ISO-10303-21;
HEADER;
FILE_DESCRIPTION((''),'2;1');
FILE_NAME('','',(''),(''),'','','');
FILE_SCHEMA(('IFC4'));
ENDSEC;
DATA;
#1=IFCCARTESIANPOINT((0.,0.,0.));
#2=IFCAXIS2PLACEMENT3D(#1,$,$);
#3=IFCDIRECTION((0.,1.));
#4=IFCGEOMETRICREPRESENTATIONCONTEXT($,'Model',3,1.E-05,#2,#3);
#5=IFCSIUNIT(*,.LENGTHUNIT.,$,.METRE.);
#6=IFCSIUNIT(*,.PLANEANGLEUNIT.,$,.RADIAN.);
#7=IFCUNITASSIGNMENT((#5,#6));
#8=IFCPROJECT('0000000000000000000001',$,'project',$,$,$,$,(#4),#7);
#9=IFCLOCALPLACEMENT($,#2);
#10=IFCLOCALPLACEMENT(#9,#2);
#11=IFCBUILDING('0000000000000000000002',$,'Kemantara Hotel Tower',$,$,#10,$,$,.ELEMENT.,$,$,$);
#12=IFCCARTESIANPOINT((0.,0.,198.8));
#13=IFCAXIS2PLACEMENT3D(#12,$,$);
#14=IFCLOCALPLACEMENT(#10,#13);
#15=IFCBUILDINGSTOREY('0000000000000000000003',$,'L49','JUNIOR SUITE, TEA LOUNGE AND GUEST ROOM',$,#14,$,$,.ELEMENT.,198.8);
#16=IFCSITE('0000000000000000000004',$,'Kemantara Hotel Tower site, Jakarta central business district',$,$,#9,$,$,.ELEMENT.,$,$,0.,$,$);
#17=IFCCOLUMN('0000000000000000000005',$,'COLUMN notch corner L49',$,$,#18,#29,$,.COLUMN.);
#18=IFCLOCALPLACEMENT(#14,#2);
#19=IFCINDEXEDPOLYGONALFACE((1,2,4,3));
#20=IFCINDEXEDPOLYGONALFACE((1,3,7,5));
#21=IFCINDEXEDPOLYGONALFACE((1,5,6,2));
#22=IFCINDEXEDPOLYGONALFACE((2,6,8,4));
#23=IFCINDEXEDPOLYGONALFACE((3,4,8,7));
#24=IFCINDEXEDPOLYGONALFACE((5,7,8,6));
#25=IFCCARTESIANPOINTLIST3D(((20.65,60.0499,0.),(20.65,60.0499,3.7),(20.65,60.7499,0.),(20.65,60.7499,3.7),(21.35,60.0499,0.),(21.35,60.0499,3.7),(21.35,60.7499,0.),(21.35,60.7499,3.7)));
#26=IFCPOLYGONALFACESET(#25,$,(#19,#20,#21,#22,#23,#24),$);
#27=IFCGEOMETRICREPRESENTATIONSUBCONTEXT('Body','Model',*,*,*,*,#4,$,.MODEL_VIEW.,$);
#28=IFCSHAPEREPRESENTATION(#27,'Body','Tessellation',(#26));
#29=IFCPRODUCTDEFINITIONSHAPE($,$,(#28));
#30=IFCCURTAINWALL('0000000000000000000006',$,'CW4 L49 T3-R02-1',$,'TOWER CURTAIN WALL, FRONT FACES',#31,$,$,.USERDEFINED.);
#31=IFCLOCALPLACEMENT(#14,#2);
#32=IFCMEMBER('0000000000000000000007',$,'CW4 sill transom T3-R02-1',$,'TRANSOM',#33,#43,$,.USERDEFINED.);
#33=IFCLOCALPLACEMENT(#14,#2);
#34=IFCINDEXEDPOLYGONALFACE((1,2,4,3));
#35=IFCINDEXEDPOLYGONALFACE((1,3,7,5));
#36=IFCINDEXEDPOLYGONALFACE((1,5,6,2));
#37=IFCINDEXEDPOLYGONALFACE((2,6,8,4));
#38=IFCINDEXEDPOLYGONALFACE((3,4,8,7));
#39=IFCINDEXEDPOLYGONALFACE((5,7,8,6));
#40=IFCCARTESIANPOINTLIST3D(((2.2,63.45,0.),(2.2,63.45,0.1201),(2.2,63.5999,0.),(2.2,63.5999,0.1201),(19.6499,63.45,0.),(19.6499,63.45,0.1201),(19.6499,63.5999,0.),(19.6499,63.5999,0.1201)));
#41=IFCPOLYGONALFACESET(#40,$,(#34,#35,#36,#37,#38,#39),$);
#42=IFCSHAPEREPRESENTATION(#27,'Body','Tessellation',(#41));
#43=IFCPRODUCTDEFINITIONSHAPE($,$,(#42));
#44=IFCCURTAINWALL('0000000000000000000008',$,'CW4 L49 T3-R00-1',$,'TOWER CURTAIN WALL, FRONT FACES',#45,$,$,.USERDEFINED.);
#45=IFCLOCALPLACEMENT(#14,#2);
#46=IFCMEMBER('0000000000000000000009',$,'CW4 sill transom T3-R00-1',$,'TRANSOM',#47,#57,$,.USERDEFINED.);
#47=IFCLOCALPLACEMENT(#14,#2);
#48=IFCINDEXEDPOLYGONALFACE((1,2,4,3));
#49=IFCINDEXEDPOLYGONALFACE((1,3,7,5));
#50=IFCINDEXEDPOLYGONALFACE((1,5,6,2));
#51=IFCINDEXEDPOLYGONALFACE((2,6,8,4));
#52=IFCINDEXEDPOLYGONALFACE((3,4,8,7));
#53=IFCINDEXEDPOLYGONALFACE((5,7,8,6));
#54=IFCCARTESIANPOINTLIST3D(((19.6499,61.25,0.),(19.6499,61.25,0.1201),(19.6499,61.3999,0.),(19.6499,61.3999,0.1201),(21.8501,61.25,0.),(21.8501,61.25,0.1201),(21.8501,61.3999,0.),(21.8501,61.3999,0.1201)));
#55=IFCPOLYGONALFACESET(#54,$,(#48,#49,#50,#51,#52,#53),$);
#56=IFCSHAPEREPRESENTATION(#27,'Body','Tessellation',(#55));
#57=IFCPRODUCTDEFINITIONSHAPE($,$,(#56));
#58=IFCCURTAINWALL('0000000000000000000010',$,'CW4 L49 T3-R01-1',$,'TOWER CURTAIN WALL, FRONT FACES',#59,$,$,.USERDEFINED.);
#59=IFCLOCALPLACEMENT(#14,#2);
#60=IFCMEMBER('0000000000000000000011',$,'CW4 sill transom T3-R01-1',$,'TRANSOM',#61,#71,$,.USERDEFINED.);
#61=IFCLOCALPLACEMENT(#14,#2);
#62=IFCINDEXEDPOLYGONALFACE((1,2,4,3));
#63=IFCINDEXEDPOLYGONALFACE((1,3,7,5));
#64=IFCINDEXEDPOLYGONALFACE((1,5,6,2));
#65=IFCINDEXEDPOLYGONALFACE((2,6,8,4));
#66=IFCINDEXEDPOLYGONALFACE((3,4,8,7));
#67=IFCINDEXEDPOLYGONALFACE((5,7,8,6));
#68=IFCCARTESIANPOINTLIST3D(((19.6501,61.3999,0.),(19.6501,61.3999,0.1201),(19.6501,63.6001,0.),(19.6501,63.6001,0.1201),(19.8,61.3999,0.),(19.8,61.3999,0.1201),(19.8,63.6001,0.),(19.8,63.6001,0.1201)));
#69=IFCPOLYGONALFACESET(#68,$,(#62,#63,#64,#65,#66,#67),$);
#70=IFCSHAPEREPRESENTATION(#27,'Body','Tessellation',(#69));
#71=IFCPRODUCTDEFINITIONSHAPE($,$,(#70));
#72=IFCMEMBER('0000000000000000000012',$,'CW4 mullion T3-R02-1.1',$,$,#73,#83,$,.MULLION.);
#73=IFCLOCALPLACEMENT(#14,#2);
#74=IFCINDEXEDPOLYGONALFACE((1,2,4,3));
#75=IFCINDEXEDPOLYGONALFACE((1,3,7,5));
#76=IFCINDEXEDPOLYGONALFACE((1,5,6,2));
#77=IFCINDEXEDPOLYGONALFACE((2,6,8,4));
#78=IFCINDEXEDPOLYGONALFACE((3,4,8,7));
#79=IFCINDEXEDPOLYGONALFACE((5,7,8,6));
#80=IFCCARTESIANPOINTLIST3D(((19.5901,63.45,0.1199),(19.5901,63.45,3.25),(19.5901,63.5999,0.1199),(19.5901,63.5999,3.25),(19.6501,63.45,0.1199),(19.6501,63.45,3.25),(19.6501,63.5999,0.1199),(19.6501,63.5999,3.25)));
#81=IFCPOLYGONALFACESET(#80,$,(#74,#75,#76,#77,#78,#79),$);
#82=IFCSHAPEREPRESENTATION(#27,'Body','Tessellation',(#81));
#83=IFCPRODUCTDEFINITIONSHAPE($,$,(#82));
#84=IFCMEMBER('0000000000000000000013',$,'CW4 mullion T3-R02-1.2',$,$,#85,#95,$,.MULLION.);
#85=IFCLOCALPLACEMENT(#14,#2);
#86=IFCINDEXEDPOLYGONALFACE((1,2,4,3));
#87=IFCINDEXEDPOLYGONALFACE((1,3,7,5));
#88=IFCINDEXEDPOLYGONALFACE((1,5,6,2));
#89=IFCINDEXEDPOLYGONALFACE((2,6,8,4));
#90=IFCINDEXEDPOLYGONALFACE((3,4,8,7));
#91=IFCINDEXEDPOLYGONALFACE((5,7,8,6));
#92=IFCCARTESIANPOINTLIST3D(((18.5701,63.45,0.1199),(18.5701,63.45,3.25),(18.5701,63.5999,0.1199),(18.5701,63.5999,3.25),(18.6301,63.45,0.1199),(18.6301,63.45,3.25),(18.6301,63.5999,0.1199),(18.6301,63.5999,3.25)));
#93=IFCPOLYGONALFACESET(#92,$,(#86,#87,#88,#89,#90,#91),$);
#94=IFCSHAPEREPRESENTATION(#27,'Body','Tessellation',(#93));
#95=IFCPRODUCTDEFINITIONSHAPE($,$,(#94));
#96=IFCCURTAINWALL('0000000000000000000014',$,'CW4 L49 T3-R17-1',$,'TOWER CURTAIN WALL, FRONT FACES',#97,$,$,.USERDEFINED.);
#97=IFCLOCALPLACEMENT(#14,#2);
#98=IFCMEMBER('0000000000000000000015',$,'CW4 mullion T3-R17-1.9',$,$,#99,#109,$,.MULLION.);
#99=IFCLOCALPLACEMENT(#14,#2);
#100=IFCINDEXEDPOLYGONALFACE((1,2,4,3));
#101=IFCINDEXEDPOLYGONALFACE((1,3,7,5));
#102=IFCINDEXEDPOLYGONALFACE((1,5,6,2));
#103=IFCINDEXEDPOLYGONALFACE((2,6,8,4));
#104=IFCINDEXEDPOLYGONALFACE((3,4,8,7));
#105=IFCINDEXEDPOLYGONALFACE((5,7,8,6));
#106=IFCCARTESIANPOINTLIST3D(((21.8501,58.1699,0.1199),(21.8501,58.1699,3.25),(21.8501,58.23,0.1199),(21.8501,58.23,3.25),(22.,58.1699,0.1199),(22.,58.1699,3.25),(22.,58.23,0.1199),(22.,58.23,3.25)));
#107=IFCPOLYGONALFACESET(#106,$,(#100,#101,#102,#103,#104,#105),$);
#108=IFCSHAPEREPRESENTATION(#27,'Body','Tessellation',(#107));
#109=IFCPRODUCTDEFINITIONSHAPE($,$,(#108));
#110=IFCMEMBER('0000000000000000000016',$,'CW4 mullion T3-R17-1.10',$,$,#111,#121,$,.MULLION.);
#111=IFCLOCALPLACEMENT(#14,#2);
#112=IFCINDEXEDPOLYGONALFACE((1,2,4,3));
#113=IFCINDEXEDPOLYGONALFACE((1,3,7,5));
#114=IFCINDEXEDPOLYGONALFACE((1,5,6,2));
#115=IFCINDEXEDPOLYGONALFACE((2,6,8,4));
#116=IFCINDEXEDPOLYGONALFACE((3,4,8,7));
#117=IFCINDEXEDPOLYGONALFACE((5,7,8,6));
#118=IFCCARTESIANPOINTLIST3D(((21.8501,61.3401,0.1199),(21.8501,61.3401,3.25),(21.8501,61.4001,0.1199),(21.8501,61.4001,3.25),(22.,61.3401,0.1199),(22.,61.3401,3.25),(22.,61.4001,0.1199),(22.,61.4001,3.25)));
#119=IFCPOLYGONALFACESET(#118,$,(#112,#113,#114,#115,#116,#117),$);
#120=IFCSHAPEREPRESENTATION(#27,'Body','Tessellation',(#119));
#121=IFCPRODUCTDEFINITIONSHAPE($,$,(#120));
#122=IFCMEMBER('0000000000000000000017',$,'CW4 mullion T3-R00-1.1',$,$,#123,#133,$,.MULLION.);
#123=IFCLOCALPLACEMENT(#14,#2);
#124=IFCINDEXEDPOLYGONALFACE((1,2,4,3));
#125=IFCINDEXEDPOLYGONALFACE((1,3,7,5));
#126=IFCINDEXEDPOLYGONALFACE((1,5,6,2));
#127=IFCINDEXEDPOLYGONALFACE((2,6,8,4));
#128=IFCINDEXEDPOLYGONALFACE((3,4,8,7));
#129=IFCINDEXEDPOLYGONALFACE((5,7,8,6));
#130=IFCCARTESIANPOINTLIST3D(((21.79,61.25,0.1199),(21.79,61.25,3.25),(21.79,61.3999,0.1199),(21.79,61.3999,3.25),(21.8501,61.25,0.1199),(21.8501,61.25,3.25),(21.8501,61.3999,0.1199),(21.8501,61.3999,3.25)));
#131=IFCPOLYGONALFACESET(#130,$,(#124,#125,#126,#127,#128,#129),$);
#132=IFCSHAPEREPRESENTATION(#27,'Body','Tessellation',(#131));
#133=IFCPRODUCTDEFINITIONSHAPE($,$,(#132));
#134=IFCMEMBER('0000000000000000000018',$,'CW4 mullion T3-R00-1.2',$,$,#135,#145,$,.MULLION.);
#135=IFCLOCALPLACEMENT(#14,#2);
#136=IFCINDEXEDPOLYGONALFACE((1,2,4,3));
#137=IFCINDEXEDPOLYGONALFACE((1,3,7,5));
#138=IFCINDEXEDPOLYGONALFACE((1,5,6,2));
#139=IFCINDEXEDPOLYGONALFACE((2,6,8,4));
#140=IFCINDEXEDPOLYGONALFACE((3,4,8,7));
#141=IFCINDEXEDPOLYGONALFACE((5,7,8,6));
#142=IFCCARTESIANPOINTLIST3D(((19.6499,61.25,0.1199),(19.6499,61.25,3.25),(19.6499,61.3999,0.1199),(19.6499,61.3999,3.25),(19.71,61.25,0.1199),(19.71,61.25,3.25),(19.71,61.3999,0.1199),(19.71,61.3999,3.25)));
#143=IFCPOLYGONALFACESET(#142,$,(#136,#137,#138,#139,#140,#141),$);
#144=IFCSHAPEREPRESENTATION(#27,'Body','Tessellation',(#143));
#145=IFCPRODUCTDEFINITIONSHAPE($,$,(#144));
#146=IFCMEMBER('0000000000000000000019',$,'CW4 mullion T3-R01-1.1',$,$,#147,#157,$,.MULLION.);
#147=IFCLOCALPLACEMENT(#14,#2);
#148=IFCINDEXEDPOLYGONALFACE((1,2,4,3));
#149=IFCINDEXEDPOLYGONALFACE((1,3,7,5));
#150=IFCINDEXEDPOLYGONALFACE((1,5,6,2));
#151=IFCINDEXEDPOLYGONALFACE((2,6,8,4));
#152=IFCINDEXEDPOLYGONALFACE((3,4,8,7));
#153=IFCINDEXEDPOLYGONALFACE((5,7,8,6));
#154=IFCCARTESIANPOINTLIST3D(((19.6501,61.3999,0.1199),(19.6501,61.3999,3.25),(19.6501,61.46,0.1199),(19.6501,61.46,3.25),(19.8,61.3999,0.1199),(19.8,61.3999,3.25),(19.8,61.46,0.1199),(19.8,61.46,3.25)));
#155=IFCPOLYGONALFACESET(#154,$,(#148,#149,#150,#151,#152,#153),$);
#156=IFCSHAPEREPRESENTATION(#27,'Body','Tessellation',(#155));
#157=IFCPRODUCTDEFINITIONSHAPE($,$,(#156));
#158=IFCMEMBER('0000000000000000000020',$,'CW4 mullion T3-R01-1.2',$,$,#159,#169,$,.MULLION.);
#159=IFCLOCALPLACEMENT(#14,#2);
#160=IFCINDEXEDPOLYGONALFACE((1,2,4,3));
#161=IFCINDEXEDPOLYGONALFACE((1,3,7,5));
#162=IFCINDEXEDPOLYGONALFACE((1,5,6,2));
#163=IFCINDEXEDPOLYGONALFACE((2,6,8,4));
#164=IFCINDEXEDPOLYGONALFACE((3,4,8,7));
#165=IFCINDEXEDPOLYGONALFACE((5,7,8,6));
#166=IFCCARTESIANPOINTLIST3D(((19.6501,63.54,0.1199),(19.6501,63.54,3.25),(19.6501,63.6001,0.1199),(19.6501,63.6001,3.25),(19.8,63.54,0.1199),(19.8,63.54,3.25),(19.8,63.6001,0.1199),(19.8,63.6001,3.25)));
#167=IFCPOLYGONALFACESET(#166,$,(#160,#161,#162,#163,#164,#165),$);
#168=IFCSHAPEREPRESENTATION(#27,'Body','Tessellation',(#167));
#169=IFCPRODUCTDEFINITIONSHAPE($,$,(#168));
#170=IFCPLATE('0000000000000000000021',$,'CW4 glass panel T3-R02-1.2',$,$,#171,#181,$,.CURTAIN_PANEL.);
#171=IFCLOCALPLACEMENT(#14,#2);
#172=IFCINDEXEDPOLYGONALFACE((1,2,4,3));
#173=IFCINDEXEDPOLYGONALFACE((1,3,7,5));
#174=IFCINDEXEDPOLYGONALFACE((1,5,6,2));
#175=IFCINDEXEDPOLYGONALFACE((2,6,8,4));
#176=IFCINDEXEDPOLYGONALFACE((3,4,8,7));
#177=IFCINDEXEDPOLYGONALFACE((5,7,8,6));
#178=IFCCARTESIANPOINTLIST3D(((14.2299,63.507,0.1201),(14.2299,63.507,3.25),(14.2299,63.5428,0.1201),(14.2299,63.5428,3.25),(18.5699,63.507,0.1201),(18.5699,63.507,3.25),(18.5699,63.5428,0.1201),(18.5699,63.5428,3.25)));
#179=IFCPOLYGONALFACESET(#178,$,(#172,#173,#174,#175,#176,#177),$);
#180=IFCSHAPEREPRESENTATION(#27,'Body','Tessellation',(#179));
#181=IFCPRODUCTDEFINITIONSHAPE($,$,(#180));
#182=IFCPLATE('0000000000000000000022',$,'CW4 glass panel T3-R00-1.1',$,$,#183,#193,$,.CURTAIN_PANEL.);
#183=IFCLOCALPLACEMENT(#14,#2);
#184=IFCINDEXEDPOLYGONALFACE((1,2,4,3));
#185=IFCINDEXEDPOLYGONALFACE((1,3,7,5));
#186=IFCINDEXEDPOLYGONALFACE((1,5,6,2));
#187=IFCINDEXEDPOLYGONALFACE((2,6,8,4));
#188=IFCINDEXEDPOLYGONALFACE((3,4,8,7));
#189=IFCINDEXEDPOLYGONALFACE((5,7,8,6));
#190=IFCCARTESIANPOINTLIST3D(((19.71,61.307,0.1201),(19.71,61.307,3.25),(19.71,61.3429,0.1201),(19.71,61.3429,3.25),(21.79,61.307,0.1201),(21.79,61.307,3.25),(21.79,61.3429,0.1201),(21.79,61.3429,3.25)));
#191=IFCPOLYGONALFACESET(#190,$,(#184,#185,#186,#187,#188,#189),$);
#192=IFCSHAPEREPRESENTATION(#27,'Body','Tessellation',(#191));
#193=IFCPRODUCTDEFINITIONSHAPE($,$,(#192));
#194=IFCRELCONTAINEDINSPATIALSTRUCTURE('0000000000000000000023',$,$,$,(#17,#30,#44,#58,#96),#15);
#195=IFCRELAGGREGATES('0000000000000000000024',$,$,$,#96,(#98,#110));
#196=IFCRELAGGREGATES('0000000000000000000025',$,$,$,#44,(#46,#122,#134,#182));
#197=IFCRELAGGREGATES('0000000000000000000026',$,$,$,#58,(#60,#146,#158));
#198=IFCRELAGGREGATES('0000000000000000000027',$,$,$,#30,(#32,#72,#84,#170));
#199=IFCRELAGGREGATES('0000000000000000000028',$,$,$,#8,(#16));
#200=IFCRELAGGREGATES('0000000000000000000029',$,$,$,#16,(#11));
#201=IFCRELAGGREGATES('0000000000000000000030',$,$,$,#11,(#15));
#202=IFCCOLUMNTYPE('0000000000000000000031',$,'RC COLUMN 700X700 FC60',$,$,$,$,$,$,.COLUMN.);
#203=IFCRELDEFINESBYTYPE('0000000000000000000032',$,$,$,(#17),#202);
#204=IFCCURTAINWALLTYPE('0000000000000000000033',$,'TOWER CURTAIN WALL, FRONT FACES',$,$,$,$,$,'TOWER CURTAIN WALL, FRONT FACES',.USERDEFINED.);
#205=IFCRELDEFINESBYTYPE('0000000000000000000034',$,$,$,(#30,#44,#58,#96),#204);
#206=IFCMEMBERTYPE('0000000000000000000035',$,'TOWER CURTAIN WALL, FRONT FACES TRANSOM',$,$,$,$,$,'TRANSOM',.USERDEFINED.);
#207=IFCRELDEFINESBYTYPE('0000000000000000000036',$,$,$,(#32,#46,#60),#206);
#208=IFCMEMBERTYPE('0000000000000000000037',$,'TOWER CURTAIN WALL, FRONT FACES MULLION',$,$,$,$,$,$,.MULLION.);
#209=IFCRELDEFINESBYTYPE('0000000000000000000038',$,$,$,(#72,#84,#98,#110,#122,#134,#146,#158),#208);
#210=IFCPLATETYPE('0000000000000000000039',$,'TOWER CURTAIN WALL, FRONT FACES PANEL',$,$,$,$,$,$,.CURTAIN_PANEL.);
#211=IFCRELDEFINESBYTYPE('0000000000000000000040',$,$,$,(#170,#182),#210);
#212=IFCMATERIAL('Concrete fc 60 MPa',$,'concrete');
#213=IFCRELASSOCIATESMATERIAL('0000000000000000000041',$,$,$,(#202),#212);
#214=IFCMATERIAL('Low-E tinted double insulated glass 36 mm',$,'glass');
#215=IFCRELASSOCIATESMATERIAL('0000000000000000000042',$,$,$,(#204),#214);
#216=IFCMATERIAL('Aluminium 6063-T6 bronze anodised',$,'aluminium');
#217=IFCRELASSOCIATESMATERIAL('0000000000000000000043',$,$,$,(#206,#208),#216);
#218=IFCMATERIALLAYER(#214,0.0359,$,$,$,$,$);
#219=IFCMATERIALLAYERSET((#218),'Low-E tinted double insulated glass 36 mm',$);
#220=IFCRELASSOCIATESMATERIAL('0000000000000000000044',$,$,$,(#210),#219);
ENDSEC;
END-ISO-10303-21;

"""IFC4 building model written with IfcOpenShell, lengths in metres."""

from ifc_helpers import new_model, si_unit, direction, frame, origin, origin_2d, place, context, subcontext, project, spatial, rectangle, extrude, source, transform, mapped, material, layer, layer_set, material_profile, profile_set, type_object, element, aggregate, save


model = new_model("IFC4")

# Units and contexts
model_context = context("Model", 3, precision=1e-05, world=origin(), true_north=direction((0.0, 1.0)))
body_context = subcontext(model_context, "Body", "Model", "MODEL_VIEW")
ifc_project = project(units=[si_unit("LENGTHUNIT", "METRE"), si_unit("PLANEANGLEUNIT", "RADIAN")], contexts=[model_context])

# Site, building, storey
site_placement = place(None, origin())
site = spatial("IfcSite", under=ifc_project, at=site_placement, Name="Kemantara Hotel Tower site, Jakarta central business district", CompositionType="ELEMENT", RefElevation=0.0)
building_placement = place(site_placement, origin())
building = spatial("IfcBuilding", under=site, at=building_placement, Name="Kemantara Hotel Tower", CompositionType="ELEMENT")
storey_placement = place(building_placement, frame((0.0, 0.0, 198.8)))
storey = spatial("IfcBuildingStorey", under=building, at=storey_placement, Name="L49", Description="JUNIOR SUITE, TEA LOUNGE AND GUEST ROOM", CompositionType="ELEMENT", Elevation=198.8)

# Column
ifc_material_1 = material(Name="Concrete fc 60 MPa", Category="concrete")
ifc_material_profile_1 = material_profile(ifc_material_1, rectangle(XDim=0.7, YDim=0.7, at=origin_2d()), Name="RC 700X700")
ifc_profile_set_1 = profile_set([ifc_material_profile_1], Name="Concrete fc 60 MPa")
column_type = type_object("IfcColumnType", Name="RC COLUMN 700X700 FC60", PredefinedType="COLUMN", material=ifc_profile_set_1)
column_placement = place(storey_placement, frame((21.0, 60.3999, 0.0), z_axis=(0.0, 0.0, 1.0), x_axis=(1.0, 0.0, 0.0)))
element("IfcColumn", 1, at=column_placement, inside=storey, type_object=column_type, Name="COLUMN notch corner L49", PredefinedType="COLUMN", context=body_context, shape_type="SweptSolid", body=[
    extrude(rectangle(XDim=0.7, YDim=0.7, at=origin_2d()), origin(), (0.0, 0.0, 1.0), 3.7),
])

# Curtain walls, members
ifc_material_2 = material(Name="Low-E tinted double insulated glass 36 mm", Category="glass")
curtain_wall_type = type_object("IfcCurtainWallType", Name="TOWER CURTAIN WALL, FRONT FACES", ElementType="TOWER CURTAIN WALL, FRONT FACES", PredefinedType="USERDEFINED", material=ifc_material_2)
curtain_wall_1_placement = place(storey_placement, origin())
curtain_wall_1 = element("IfcCurtainWall", 2, at=curtain_wall_1_placement, inside=storey, type_object=curtain_wall_type, Name="CW4 L49 T3-R02-1", ObjectType="TOWER CURTAIN WALL, FRONT FACES", PredefinedType="USERDEFINED")
ifc_material_3 = material(Name="Aluminium 6063-T6 bronze anodised", Category="aluminium")
ifc_material_profile_2 = material_profile(ifc_material_3, rectangle(XDim=0.1499, YDim=0.1201, at=origin_2d()), Name="TOWER CURTAIN WALL, FRONT FACES TRANSOM")
ifc_profile_set_2 = profile_set([ifc_material_profile_2], Name="Aluminium 6063-T6 bronze anodised")
member_type_1 = type_object("IfcMemberType", Name="TOWER CURTAIN WALL, FRONT FACES TRANSOM", ElementType="TRANSOM", PredefinedType="USERDEFINED", material=ifc_profile_set_2)
member_1_placement = place(storey_placement, frame((19.6499, 63.5249, 0.0601), z_axis=(-1.0, 0.0, 0.0), x_axis=(0.0, -1.0, 0.0)))
member_1 = element("IfcMember", 3, at=member_1_placement, type_object=member_type_1, Name="CW4 sill transom T3-R02-1", ObjectType="TRANSOM", PredefinedType="USERDEFINED", context=body_context, shape_type="SweptSolid", body=[
    extrude(rectangle(XDim=0.1499, YDim=0.1201, at=origin_2d()), origin(), (0.0, 0.0, 1.0), 17.45),
])
curtain_wall_2_placement = place(storey_placement, origin())
curtain_wall_2 = element("IfcCurtainWall", 4, at=curtain_wall_2_placement, inside=storey, type_object=curtain_wall_type, Name="CW4 L49 T3-R00-1", ObjectType="TOWER CURTAIN WALL, FRONT FACES", PredefinedType="USERDEFINED")
member_2_placement = place(storey_placement, frame((21.8501, 61.325, 0.0601), z_axis=(-1.0, 0.0, 0.0), x_axis=(0.0, -1.0, 0.0)))
member_2 = element("IfcMember", 5, at=member_2_placement, type_object=member_type_1, Name="CW4 sill transom T3-R00-1", ObjectType="TRANSOM", PredefinedType="USERDEFINED", context=body_context, shape_type="SweptSolid", body=[
    extrude(rectangle(XDim=0.1499, YDim=0.1201, at=origin_2d()), origin(), (0.0, 0.0, 1.0), 2.2002),
])
curtain_wall_3_placement = place(storey_placement, origin())
curtain_wall_3 = element("IfcCurtainWall", 6, at=curtain_wall_3_placement, inside=storey, type_object=curtain_wall_type, Name="CW4 L49 T3-R01-1", ObjectType="TOWER CURTAIN WALL, FRONT FACES", PredefinedType="USERDEFINED")
member_3_placement = place(storey_placement, frame((19.7251, 61.3999, 0.0601), z_axis=(0.0, 1.0, 0.0), x_axis=(-1.0, 0.0, 0.0)))
member_3 = element("IfcMember", 7, at=member_3_placement, type_object=member_type_1, Name="CW4 sill transom T3-R01-1", ObjectType="TRANSOM", PredefinedType="USERDEFINED", context=body_context, shape_type="SweptSolid", body=[
    extrude(rectangle(XDim=0.1499, YDim=0.1201, at=origin_2d()), origin(), (0.0, 0.0, 1.0), 2.2002),
])

# Members
ifc_material_profile_3 = material_profile(ifc_material_3, rectangle(XDim=0.1499, YDim=0.0601, at=origin_2d()), Name="TOWER CURTAIN WALL, FRONT FACES MULLION")
ifc_profile_set_3 = profile_set([ifc_material_profile_3], Name="Aluminium 6063-T6 bronze anodised")
member_type_2 = type_object("IfcMemberType", Name="TOWER CURTAIN WALL, FRONT FACES MULLION", PredefinedType="MULLION", material=ifc_profile_set_3)
shared_shape_1 = source(origin(), body_context, "Body", "SweptSolid", [
    extrude(rectangle(XDim=0.1499, YDim=0.0601, at=origin_2d()), origin(), (0.0, 0.0, 1.0), 3.1301),
])
member_4_placement = place(storey_placement, frame((19.6201, 63.5249, 0.1199), z_axis=(0.0, 0.0, 1.0), x_axis=(0.0, -1.0, 0.0)))
member_4 = element("IfcMember", 8, at=member_4_placement, type_object=member_type_2, Name="CW4 mullion T3-R02-1.1", PredefinedType="MULLION", context=body_context, shape_type="MappedRepresentation", body=[
    mapped(shared_shape_1, transform((0.0, 0.0, 0.0))),
])
member_5_placement = place(storey_placement, frame((18.6001, 63.5249, 0.1199), z_axis=(0.0, 0.0, 1.0), x_axis=(0.0, -1.0, 0.0)))
member_5 = element("IfcMember", 9, at=member_5_placement, type_object=member_type_2, Name="CW4 mullion T3-R02-1.2", PredefinedType="MULLION", context=body_context, shape_type="MappedRepresentation", body=[
    mapped(shared_shape_1, transform((0.0, 0.0, 0.0))),
])

# Curtain wall, members
curtain_wall_4_placement = place(storey_placement, origin())
curtain_wall_4 = element("IfcCurtainWall", 10, at=curtain_wall_4_placement, inside=storey, type_object=curtain_wall_type, Name="CW4 L49 T3-R17-1", ObjectType="TOWER CURTAIN WALL, FRONT FACES", PredefinedType="USERDEFINED")
member_6_placement = place(storey_placement, frame((21.925, 58.2, 0.1199), z_axis=(0.0, 0.0, 1.0), x_axis=(-1.0, 0.0, 0.0)))
member_6 = element("IfcMember", 11, at=member_6_placement, type_object=member_type_2, Name="CW4 mullion T3-R17-1.9", PredefinedType="MULLION", context=body_context, shape_type="MappedRepresentation", body=[
    mapped(shared_shape_1, transform((0.0, 0.0, 0.0))),
])
member_7_placement = place(storey_placement, frame((21.925, 61.3701, 0.1199), z_axis=(0.0, 0.0, 1.0), x_axis=(-1.0, 0.0, 0.0)))
member_7 = element("IfcMember", 12, at=member_7_placement, type_object=member_type_2, Name="CW4 mullion T3-R17-1.10", PredefinedType="MULLION", context=body_context, shape_type="MappedRepresentation", body=[
    mapped(shared_shape_1, transform((0.0, 0.0, 0.0))),
])
aggregate(curtain_wall_4, [member_6, member_7])

# Members
member_8_placement = place(storey_placement, frame((21.8201, 61.325, 0.1199), z_axis=(0.0, 0.0, 1.0), x_axis=(0.0, -1.0, 0.0)))
member_8 = element("IfcMember", 13, at=member_8_placement, type_object=member_type_2, Name="CW4 mullion T3-R00-1.1", PredefinedType="MULLION", context=body_context, shape_type="MappedRepresentation", body=[
    mapped(shared_shape_1, transform((0.0, 0.0, 0.0))),
])
member_9_placement = place(storey_placement, frame((19.6799, 61.325, 0.1199), z_axis=(0.0, 0.0, 1.0), x_axis=(0.0, -1.0, 0.0)))
member_9 = element("IfcMember", 14, at=member_9_placement, type_object=member_type_2, Name="CW4 mullion T3-R00-1.2", PredefinedType="MULLION", context=body_context, shape_type="MappedRepresentation", body=[
    mapped(shared_shape_1, transform((0.0, 0.0, 0.0))),
])
member_10_placement = place(storey_placement, frame((19.7251, 61.4299, 0.1199), z_axis=(0.0, 0.0, 1.0), x_axis=(-1.0, 0.0, 0.0)))
member_10 = element("IfcMember", 15, at=member_10_placement, type_object=member_type_2, Name="CW4 mullion T3-R01-1.1", PredefinedType="MULLION", context=body_context, shape_type="MappedRepresentation", body=[
    mapped(shared_shape_1, transform((0.0, 0.0, 0.0))),
])
member_11_placement = place(storey_placement, frame((19.7251, 63.5701, 0.1199), z_axis=(0.0, 0.0, 1.0), x_axis=(-1.0, 0.0, 0.0)))
member_11 = element("IfcMember", 16, at=member_11_placement, type_object=member_type_2, Name="CW4 mullion T3-R01-1.2", PredefinedType="MULLION", context=body_context, shape_type="MappedRepresentation", body=[
    mapped(shared_shape_1, transform((0.0, 0.0, 0.0))),
])

# Plates
ifc_layer_1 = layer(ifc_material_2, 0.0359)
ifc_layer_set_1 = layer_set([ifc_layer_1], Name="Low-E tinted double insulated glass 36 mm")
plate_type = type_object("IfcPlateType", Name="TOWER CURTAIN WALL, FRONT FACES PANEL", PredefinedType="CURTAIN_PANEL", material=ifc_layer_set_1)
shared_shape_2 = source(origin(), body_context, "Body", "SweptSolid", [
    extrude(rectangle(XDim=4.3401, YDim=0.0359, at=origin_2d()), origin(), (0.0, 0.0, 1.0), 3.1299),
])
plate_1_placement = place(storey_placement, frame((16.3999, 63.5249, 0.1201), z_axis=(0.0, 0.0, 1.0), x_axis=(-1.0, 0.0, 0.0)))
plate_1 = element("IfcPlate", 17, at=plate_1_placement, type_object=plate_type, Name="CW4 glass panel T3-R02-1.2", PredefinedType="CURTAIN_PANEL", context=body_context, shape_type="MappedRepresentation", body=[
    mapped(shared_shape_2, transform((0.0, 0.0, 0.0))),
])
shared_shape_3 = source(origin(), body_context, "Body", "SweptSolid", [
    extrude(rectangle(XDim=2.0801, YDim=0.0359, at=origin_2d()), origin(), (0.0, 0.0, 1.0), 3.1299),
])
plate_2_placement = place(storey_placement, frame((20.75, 61.325, 0.1201), z_axis=(0.0, 0.0, 1.0), x_axis=(-1.0, 0.0, 0.0)))
plate_2 = element("IfcPlate", 18, at=plate_2_placement, type_object=plate_type, Name="CW4 glass panel T3-R00-1.1", PredefinedType="CURTAIN_PANEL", context=body_context, shape_type="MappedRepresentation", body=[
    mapped(shared_shape_3, transform((0.0, 0.0, 0.0))),
])
aggregate(curtain_wall_2, [member_2, member_8, member_9, plate_2])
aggregate(curtain_wall_3, [member_3, member_10, member_11])
aggregate(curtain_wall_1, [member_1, member_4, member_5, plate_1])

save(model, "model.ifc")
